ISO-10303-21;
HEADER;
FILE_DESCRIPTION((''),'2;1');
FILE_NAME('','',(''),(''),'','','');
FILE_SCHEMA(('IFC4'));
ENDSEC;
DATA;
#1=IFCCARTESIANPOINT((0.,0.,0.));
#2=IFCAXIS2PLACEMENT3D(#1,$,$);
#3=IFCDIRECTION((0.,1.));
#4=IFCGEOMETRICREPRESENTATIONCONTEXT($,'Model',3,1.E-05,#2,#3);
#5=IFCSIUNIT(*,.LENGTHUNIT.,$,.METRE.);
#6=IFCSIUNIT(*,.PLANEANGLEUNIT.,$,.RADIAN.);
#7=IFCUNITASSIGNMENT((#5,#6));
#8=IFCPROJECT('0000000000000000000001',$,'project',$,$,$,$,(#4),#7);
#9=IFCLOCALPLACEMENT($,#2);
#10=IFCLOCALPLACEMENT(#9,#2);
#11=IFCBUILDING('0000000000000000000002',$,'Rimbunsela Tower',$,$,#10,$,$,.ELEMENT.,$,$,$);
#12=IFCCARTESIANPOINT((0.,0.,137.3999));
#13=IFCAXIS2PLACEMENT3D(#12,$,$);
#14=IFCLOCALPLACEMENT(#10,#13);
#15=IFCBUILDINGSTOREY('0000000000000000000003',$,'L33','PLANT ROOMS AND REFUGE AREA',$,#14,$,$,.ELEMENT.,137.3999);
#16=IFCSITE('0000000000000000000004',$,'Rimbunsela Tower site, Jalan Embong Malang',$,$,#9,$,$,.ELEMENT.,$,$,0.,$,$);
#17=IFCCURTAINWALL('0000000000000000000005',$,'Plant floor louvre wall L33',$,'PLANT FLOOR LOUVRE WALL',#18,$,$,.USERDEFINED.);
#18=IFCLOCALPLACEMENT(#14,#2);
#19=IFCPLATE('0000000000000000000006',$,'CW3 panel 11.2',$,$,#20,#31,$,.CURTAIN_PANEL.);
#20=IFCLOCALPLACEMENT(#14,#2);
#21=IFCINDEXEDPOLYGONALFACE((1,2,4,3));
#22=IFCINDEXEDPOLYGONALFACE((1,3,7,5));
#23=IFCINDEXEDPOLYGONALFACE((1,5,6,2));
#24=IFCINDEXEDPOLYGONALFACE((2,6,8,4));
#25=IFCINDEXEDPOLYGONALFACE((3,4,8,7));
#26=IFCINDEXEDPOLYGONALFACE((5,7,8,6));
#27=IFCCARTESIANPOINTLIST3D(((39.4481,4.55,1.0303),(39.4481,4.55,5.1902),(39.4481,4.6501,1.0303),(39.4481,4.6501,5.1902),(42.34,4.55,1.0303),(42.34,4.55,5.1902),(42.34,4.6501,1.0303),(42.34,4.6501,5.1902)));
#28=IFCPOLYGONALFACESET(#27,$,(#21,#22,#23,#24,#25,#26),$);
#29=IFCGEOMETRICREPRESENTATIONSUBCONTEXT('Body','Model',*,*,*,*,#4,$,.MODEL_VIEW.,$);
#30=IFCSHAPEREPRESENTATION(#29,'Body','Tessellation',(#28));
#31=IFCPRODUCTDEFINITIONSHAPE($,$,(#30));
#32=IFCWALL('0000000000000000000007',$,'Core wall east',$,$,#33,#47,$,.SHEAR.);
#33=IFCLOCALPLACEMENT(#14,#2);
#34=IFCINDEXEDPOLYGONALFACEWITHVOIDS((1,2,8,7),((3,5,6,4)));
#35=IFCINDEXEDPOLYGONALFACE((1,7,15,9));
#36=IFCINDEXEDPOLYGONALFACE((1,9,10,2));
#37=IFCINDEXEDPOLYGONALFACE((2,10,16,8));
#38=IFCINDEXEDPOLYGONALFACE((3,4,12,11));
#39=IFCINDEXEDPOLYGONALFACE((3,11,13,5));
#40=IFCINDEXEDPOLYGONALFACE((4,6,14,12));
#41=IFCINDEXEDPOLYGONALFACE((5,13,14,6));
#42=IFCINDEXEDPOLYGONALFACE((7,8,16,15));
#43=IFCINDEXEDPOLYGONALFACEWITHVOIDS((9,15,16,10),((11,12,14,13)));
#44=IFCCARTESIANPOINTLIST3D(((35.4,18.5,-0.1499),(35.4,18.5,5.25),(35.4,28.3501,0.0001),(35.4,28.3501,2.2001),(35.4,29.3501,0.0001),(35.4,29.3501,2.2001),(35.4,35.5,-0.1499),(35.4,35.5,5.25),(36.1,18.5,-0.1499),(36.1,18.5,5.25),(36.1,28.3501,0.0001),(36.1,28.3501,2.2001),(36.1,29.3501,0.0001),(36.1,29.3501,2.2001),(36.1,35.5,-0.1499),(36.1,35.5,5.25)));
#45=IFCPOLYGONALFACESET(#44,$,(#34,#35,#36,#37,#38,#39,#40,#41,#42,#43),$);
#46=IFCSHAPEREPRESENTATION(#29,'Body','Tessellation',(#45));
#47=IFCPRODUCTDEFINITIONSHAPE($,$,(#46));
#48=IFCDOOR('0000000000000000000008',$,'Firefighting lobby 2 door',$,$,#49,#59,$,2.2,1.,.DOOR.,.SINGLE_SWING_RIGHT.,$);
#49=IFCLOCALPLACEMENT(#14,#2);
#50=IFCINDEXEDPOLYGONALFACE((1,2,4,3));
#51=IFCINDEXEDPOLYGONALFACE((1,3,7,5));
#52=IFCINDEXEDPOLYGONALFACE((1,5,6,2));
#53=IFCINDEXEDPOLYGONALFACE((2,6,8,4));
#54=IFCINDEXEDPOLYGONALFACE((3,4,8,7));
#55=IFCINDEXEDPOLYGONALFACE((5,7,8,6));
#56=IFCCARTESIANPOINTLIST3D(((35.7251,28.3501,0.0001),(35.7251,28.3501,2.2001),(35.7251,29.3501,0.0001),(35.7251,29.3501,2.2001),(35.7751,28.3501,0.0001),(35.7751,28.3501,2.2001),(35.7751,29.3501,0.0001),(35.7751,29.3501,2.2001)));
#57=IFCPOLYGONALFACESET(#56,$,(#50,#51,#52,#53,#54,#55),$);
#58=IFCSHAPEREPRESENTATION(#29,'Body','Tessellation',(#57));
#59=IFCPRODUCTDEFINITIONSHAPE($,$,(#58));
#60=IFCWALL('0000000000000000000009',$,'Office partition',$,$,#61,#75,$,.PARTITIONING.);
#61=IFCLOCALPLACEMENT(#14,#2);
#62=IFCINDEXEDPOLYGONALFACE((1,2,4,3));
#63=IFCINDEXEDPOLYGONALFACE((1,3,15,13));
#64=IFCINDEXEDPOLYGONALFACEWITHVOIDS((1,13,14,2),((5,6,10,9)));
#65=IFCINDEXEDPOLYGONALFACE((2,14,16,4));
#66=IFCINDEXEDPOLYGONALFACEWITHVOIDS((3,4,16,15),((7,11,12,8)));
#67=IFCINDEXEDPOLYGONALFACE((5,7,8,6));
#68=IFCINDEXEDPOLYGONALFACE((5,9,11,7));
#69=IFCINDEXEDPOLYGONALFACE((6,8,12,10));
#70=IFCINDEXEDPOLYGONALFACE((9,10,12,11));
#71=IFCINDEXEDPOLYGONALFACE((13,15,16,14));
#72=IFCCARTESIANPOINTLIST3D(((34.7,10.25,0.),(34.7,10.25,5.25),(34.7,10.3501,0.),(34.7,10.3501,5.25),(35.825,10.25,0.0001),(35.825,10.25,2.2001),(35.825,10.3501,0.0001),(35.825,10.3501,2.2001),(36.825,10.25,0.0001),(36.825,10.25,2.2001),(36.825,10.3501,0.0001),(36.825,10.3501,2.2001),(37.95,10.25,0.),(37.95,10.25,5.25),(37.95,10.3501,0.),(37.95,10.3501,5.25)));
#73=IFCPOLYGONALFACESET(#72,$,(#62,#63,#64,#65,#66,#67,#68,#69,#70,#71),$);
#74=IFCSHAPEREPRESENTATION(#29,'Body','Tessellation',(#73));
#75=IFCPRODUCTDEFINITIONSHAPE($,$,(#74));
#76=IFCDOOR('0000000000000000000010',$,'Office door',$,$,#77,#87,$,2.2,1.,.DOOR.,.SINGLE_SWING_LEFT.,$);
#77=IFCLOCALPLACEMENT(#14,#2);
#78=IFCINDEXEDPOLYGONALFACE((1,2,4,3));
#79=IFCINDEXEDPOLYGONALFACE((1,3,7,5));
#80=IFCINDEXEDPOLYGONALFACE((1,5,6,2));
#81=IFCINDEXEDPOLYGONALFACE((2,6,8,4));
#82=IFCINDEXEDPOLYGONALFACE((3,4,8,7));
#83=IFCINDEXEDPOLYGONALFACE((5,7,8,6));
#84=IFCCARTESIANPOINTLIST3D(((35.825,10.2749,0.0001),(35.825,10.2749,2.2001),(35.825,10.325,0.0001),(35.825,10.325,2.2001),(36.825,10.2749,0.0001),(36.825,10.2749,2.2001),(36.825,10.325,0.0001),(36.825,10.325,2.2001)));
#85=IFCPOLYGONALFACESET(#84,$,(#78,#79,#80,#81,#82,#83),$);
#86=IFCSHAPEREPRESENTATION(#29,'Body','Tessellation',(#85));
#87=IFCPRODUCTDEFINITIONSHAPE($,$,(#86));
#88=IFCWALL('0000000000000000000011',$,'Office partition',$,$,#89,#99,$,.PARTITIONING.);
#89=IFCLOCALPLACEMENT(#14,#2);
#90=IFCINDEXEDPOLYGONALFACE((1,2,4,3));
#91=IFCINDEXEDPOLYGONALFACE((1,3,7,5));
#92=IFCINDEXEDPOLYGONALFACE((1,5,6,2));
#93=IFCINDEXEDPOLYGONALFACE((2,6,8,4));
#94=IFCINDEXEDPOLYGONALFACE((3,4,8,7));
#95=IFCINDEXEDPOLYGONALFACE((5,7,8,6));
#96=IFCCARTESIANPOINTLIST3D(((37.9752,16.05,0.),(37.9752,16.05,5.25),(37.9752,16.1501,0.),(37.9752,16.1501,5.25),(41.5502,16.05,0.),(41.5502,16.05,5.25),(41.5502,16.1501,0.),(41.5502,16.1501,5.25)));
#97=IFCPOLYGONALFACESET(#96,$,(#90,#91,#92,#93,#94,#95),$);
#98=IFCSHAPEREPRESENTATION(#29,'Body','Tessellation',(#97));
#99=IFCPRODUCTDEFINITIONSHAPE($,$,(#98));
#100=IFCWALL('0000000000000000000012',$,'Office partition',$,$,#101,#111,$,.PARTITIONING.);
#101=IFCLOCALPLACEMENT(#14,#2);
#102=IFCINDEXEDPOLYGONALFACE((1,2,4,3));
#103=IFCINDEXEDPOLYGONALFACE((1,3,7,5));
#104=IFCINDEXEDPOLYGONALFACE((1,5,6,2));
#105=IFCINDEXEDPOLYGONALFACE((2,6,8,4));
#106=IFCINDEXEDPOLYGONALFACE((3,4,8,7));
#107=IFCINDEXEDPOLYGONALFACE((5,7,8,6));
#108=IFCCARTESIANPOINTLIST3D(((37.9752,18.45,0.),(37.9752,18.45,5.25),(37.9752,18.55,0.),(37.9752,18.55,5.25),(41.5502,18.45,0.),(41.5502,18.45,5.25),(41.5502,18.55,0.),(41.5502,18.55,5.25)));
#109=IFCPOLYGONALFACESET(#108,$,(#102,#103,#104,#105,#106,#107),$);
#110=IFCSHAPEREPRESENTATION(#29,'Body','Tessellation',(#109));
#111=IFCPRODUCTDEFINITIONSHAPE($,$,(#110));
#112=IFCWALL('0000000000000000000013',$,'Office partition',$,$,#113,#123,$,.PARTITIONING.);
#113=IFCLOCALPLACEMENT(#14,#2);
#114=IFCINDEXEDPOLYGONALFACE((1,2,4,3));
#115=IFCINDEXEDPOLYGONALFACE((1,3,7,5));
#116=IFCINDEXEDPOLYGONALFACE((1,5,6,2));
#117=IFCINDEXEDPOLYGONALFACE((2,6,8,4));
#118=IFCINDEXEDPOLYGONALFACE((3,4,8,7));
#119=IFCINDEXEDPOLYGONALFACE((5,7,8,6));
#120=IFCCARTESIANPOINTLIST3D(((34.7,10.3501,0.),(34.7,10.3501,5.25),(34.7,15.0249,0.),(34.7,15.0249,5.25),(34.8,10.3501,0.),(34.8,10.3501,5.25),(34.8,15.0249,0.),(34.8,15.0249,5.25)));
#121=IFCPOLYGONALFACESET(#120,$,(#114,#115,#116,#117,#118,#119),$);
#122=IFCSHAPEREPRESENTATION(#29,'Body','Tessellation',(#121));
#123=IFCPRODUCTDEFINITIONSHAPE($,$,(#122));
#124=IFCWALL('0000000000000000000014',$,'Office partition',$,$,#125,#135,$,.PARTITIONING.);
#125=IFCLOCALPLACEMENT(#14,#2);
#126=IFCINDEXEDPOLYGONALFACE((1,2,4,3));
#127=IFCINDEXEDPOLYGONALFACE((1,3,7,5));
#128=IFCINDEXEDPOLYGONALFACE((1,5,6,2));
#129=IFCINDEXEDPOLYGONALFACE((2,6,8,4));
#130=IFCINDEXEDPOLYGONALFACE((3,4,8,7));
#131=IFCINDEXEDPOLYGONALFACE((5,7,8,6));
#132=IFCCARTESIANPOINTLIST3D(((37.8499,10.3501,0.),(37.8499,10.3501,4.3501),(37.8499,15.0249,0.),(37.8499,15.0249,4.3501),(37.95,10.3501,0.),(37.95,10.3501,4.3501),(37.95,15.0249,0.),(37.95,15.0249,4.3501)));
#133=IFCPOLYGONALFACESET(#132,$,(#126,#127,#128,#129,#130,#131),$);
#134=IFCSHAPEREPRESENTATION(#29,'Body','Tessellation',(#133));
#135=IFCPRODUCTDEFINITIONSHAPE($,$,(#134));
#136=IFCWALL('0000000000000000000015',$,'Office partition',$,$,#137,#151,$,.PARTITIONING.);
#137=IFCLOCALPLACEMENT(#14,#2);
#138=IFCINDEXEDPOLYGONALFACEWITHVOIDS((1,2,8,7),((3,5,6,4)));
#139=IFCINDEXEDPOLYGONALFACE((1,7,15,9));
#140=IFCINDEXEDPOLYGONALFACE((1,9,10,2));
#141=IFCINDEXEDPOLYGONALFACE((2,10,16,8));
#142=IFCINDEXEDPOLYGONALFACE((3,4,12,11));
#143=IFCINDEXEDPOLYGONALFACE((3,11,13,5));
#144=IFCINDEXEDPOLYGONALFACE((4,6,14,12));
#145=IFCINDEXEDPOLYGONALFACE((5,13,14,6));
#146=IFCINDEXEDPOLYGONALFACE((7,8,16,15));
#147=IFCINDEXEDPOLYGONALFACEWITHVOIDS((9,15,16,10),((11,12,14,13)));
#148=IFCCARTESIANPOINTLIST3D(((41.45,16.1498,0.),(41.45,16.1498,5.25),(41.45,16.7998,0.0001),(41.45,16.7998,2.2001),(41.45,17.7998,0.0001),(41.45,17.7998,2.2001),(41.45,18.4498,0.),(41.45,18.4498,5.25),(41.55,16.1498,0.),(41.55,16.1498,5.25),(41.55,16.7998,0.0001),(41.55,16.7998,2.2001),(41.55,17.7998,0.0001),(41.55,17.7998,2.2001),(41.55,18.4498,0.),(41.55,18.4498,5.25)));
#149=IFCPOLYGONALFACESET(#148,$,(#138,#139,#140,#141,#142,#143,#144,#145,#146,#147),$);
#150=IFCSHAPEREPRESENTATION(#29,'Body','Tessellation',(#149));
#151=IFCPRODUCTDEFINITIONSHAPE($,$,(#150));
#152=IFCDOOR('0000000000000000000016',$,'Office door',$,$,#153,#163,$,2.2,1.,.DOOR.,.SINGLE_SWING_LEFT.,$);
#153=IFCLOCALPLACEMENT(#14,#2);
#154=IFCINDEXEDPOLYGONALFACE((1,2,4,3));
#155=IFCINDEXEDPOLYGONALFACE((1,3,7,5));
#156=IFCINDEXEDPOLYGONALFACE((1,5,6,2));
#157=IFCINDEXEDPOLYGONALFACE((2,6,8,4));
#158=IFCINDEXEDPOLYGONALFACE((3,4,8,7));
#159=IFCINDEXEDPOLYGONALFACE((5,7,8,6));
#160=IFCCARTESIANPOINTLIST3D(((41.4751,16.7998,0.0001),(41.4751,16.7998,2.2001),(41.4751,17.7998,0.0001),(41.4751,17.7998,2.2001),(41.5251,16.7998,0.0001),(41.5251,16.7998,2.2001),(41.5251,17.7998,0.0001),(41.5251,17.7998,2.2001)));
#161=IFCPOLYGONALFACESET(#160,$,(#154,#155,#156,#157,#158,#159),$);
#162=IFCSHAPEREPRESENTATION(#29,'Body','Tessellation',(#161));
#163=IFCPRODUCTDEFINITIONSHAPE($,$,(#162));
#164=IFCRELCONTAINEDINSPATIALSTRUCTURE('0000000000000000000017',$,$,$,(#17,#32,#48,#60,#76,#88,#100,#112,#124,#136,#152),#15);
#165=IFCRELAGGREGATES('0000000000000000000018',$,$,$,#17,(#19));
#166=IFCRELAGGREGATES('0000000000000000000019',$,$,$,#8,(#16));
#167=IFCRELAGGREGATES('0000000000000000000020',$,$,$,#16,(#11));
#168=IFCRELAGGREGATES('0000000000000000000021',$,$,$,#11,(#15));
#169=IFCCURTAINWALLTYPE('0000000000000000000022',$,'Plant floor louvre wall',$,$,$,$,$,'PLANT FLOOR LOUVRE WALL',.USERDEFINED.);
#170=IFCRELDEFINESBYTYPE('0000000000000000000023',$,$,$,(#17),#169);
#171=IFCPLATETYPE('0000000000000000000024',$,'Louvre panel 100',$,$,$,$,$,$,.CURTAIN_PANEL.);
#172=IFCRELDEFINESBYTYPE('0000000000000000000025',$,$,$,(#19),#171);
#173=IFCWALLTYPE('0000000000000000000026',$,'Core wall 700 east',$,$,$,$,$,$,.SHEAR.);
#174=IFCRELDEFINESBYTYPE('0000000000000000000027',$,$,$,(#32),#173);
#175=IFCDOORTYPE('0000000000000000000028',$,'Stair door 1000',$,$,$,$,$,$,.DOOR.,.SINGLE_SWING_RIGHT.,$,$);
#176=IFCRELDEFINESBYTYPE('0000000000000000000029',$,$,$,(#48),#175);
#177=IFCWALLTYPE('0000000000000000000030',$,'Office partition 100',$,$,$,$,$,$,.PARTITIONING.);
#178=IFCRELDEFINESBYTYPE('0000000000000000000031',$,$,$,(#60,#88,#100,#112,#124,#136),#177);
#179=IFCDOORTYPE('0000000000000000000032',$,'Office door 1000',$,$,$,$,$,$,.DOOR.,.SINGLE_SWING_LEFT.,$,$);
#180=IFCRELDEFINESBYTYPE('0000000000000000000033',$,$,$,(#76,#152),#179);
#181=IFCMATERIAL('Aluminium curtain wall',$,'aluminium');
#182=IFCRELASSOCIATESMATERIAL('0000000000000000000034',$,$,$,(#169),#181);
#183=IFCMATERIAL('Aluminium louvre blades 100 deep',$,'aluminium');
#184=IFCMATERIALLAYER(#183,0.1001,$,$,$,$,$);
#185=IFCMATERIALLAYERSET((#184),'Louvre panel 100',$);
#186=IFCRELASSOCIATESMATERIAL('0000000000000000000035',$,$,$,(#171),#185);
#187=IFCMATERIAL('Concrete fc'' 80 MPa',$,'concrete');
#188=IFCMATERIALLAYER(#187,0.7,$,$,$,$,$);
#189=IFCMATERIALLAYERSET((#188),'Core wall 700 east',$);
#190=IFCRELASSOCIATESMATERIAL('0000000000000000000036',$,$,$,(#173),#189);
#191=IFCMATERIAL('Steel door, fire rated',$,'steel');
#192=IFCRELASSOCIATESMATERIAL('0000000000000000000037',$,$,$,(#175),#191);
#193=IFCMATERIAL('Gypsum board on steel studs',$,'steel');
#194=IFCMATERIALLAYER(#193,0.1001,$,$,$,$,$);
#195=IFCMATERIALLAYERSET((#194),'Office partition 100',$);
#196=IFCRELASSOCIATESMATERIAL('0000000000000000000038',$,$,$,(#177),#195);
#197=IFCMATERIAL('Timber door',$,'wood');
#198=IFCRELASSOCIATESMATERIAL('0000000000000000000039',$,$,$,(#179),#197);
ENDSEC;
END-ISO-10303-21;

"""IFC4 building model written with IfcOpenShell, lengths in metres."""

from ifc_helpers import new_model, si_unit, direction, frame, frame_2d, origin, origin_2d, place, context, subcontext, project, spatial, rectangle, extrude, material, layer, layer_set, type_object, element, fill, aggregate, save


model = new_model("IFC4")

# Units and contexts
model_context = context("Model", 3, precision=1e-05, world=origin(), true_north=direction((0.0, 1.0)))
body_context = subcontext(model_context, "Body", "Model", "MODEL_VIEW")
ifc_project = project(units=[si_unit("LENGTHUNIT", "METRE"), si_unit("PLANEANGLEUNIT", "RADIAN")], contexts=[model_context])

# Site, building, storey
site_placement = place(None, origin())
site = spatial("IfcSite", under=ifc_project, at=site_placement, Name="Rimbunsela Tower site, Jalan Embong Malang", CompositionType="ELEMENT", RefElevation=0.0)
building_placement = place(site_placement, origin())
building = spatial("IfcBuilding", under=site, at=building_placement, Name="Rimbunsela Tower", CompositionType="ELEMENT")
storey_placement = place(building_placement, frame((0.0, 0.0, 137.3999)))
storey = spatial("IfcBuildingStorey", under=building, at=storey_placement, Name="L33", Description="PLANT ROOMS AND REFUGE AREA", CompositionType="ELEMENT", Elevation=137.3999)

# Curtain wall
ifc_material_1 = material(Name="Aluminium curtain wall", Category="aluminium")
curtain_wall_type_1 = type_object("IfcCurtainWallType", Name="Plant floor louvre wall", ElementType="PLANT FLOOR LOUVRE WALL", PredefinedType="USERDEFINED", material=ifc_material_1)
curtain_wall_1_placement = place(storey_placement, origin())
curtain_wall_1 = element("IfcCurtainWall", 1, at=curtain_wall_1_placement, inside=storey, type_object=curtain_wall_type_1, Name="Plant floor louvre wall L33", ObjectType="PLANT FLOOR LOUVRE WALL", PredefinedType="USERDEFINED")

# Plate
ifc_material_2 = material(Name="Aluminium louvre blades 100 deep", Category="aluminium")
ifc_layer_1 = layer(ifc_material_2, 0.1001)
ifc_layer_set_1 = layer_set([ifc_layer_1], Name="Louvre panel 100")
plate_type = type_object("IfcPlateType", Name="Louvre panel 100", PredefinedType="CURTAIN_PANEL", material=ifc_layer_set_1)
plate_1_placement = place(storey_placement, frame((40.894, 4.6001, 1.0303), z_axis=(0.0, 0.0, 1.0), x_axis=(1.0, 0.0, 0.0)))
plate_1 = element("IfcPlate", 2, at=plate_1_placement, type_object=plate_type, Name="CW3 panel 11.2", PredefinedType="CURTAIN_PANEL", context=body_context, shape_type="SweptSolid", body=[
    extrude(rectangle(XDim=2.8918, YDim=0.1001, at=origin_2d()), origin(), (0.0, 0.0, 1.0), 4.1599),
])
aggregate(curtain_wall_1, [plate_1])

# Walls, openings, doors
ifc_material_3 = material(Name="Concrete fc' 80 MPa", Category="concrete")
ifc_layer_2 = layer(ifc_material_3, 0.7)
ifc_layer_set_2 = layer_set([ifc_layer_2], Name="Core wall 700 east")
wall_type_1 = type_object("IfcWallType", Name="Core wall 700 east", PredefinedType="SHEAR", material=ifc_layer_set_2)
wall_1_placement = place(storey_placement, frame((35.75, 18.5, -0.1499), z_axis=(0.0, 0.0, 1.0), x_axis=(0.0, 1.0, 0.0)))
wall_1 = element("IfcWall", 3, at=wall_1_placement, inside=storey, type_object=wall_type_1, Name="Core wall east", PredefinedType="SHEAR", context=body_context, shape_type="SweptSolid", body=[
    extrude(rectangle(XDim=17.0, YDim=0.7, at=frame_2d((8.5, 0.0))), origin(), (0.0, 0.0, 1.0), 5.3999),
])
opening_1_placement = place(wall_1_placement, frame((9.8501, 0.0, 0.1499)))
opening_1 = element("IfcOpeningElement", 4, at=opening_1_placement, cuts=wall_1, PredefinedType="OPENING", context=body_context, shape_type="SweptSolid", body=[
    extrude(rectangle(XDim=1.0, YDim=2.2, at=frame_2d((0.5, 1.1001))), frame((0.0, 0.3599, 0.0), z_axis=(0.0, -1.0, 0.0), x_axis=(1.0, 0.0, 0.0)), (0.0, 0.0, 1.0), 0.72),
])
ifc_material_4 = material(Name="Steel door, fire rated", Category="steel")
door_type_1 = type_object("IfcDoorType", Name="Stair door 1000", OperationType="SINGLE_SWING_RIGHT", PredefinedType="DOOR", material=ifc_material_4)
door_1_placement = place(opening_1_placement, origin())
door_1 = element("IfcDoor", 5, at=door_1_placement, inside=storey, type_object=door_type_1, Name="Firefighting lobby 2 door", OperationType="SINGLE_SWING_RIGHT", OverallHeight=2.2, OverallWidth=1.0, PredefinedType="DOOR", context=body_context, shape_type="SweptSolid", body=[
    extrude(rectangle(XDim=1.0, YDim=2.2, at=frame_2d((0.5, 1.1001))), frame((0.0, 0.0249, 0.0), z_axis=(0.0, -1.0, 0.0), x_axis=(1.0, 0.0, 0.0)), (0.0, 0.0, 1.0), 0.05),
])
fill(opening_1, door_1)
ifc_material_5 = material(Name="Gypsum board on steel studs", Category="steel")
ifc_layer_3 = layer(ifc_material_5, 0.1001)
ifc_layer_set_3 = layer_set([ifc_layer_3], Name="Office partition 100")
wall_type_2 = type_object("IfcWallType", Name="Office partition 100", PredefinedType="PARTITIONING", material=ifc_layer_set_3)
wall_2_placement = place(storey_placement, frame((34.7, 10.3, 0.0), z_axis=(0.0, 0.0, 1.0), x_axis=(1.0, 0.0, 0.0)))
wall_2 = element("IfcWall", 6, at=wall_2_placement, inside=storey, type_object=wall_type_2, Name="Office partition", PredefinedType="PARTITIONING", context=body_context, shape_type="SweptSolid", body=[
    extrude(rectangle(XDim=3.25, YDim=0.1001, at=frame_2d((1.625, 0.0))), origin(), (0.0, 0.0, 1.0), 5.25),
])
opening_2_placement = place(wall_2_placement, frame((1.125, 0.0, 0.0)))
opening_2 = element("IfcOpeningElement", 7, at=opening_2_placement, cuts=wall_2, PredefinedType="OPENING", context=body_context, shape_type="SweptSolid", body=[
    extrude(rectangle(XDim=1.0, YDim=2.2, at=frame_2d((0.5, 1.1001))), frame((0.0, 0.0601, 0.0), z_axis=(0.0, -1.0, 0.0), x_axis=(1.0, 0.0, 0.0)), (0.0, 0.0, 1.0), 0.1201),
])
ifc_material_6 = material(Name="Timber door", Category="wood")
door_type_2 = type_object("IfcDoorType", Name="Office door 1000", OperationType="SINGLE_SWING_LEFT", PredefinedType="DOOR", material=ifc_material_6)
door_2_placement = place(opening_2_placement, origin())
door_2 = element("IfcDoor", 8, at=door_2_placement, inside=storey, type_object=door_type_2, Name="Office door", OperationType="SINGLE_SWING_LEFT", OverallHeight=2.2, OverallWidth=1.0, PredefinedType="DOOR", context=body_context, shape_type="SweptSolid", body=[
    extrude(rectangle(XDim=1.0, YDim=2.2, at=frame_2d((0.5, 1.1001))), frame((0.0, 0.0249, 0.0), z_axis=(0.0, -1.0, 0.0), x_axis=(1.0, 0.0, 0.0)), (0.0, 0.0, 1.0), 0.05),
])
fill(opening_2, door_2)

# Walls
for number, where, z_axis, x_axis, name in (
    (9, (37.9751, 16.1001, 0.0), (0.0, 0.0, 1.0), (1.0, 0.0, 0.0), "Office partition"),
    (10, (37.9751, 18.5, 0.0), (0.0, 0.0, 1.0), (1.0, 0.0, 0.0), "Office partition"),
):
    element("IfcWall", number, at=place(storey_placement, frame(where, z_axis=z_axis, x_axis=x_axis)), inside=storey, type_object=wall_type_2, Name=name, PredefinedType="PARTITIONING", context=body_context, shape_type="SweptSolid", body=[
        extrude(rectangle(XDim=3.575, YDim=0.1001, at=frame_2d((1.7876, 0.0))), origin(), (0.0, 0.0, 1.0), 5.25),
    ])
wall_3_placement = place(storey_placement, frame((34.75, 10.3501, 0.0), z_axis=(0.0, 0.0, 1.0), x_axis=(0.0, 1.0, 0.0)))
element("IfcWall", 11, at=wall_3_placement, inside=storey, type_object=wall_type_2, Name="Office partition", PredefinedType="PARTITIONING", context=body_context, shape_type="SweptSolid", body=[
    extrude(rectangle(XDim=4.6748, YDim=0.1001, at=frame_2d((2.3374, 0.0))), origin(), (0.0, 0.0, 1.0), 5.25),
])
wall_4_placement = place(storey_placement, frame((37.8999, 10.3501, 0.0), z_axis=(0.0, 0.0, 1.0), x_axis=(0.0, 1.0, 0.0)))
element("IfcWall", 12, at=wall_4_placement, inside=storey, type_object=wall_type_2, Name="Office partition", PredefinedType="PARTITIONING", context=body_context, shape_type="SweptSolid", body=[
    extrude(rectangle(XDim=4.6748, YDim=0.1001, at=frame_2d((2.3374, 0.0))), origin(), (0.0, 0.0, 1.0), 4.3501),
])

# Wall, opening, door
wall_5_placement = place(storey_placement, frame((41.5, 16.1499, 0.0), z_axis=(0.0, 0.0, 1.0), x_axis=(0.0, 1.0, 0.0)))
wall_5 = element("IfcWall", 13, at=wall_5_placement, inside=storey, type_object=wall_type_2, Name="Office partition", PredefinedType="PARTITIONING", context=body_context, shape_type="SweptSolid", body=[
    extrude(rectangle(XDim=2.3, YDim=0.1001, at=frame_2d((1.1499, 0.0))), origin(), (0.0, 0.0, 1.0), 5.25),
])
opening_3_placement = place(wall_5_placement, frame((0.6499, 0.0, 0.0)))
opening_3 = element("IfcOpeningElement", 14, at=opening_3_placement, cuts=wall_5, PredefinedType="OPENING", context=body_context, shape_type="SweptSolid", body=[
    extrude(rectangle(XDim=1.0, YDim=2.2, at=frame_2d((0.5, 1.1001))), frame((0.0, 0.0601, 0.0), z_axis=(0.0, -1.0, 0.0), x_axis=(1.0, 0.0, 0.0)), (0.0, 0.0, 1.0), 0.1201),
])
door_3_placement = place(opening_3_placement, origin())
door_3 = element("IfcDoor", 15, at=door_3_placement, inside=storey, type_object=door_type_2, Name="Office door", OperationType="SINGLE_SWING_LEFT", OverallHeight=2.2, OverallWidth=1.0, PredefinedType="DOOR", context=body_context, shape_type="SweptSolid", body=[
    extrude(rectangle(XDim=1.0, YDim=2.2, at=frame_2d((0.5, 1.1001))), frame((0.0, 0.0249, 0.0), z_axis=(0.0, -1.0, 0.0), x_axis=(1.0, 0.0, 0.0)), (0.0, 0.0, 1.0), 0.05),
])
fill(opening_3, door_3)

save(model, "model.ifc")
